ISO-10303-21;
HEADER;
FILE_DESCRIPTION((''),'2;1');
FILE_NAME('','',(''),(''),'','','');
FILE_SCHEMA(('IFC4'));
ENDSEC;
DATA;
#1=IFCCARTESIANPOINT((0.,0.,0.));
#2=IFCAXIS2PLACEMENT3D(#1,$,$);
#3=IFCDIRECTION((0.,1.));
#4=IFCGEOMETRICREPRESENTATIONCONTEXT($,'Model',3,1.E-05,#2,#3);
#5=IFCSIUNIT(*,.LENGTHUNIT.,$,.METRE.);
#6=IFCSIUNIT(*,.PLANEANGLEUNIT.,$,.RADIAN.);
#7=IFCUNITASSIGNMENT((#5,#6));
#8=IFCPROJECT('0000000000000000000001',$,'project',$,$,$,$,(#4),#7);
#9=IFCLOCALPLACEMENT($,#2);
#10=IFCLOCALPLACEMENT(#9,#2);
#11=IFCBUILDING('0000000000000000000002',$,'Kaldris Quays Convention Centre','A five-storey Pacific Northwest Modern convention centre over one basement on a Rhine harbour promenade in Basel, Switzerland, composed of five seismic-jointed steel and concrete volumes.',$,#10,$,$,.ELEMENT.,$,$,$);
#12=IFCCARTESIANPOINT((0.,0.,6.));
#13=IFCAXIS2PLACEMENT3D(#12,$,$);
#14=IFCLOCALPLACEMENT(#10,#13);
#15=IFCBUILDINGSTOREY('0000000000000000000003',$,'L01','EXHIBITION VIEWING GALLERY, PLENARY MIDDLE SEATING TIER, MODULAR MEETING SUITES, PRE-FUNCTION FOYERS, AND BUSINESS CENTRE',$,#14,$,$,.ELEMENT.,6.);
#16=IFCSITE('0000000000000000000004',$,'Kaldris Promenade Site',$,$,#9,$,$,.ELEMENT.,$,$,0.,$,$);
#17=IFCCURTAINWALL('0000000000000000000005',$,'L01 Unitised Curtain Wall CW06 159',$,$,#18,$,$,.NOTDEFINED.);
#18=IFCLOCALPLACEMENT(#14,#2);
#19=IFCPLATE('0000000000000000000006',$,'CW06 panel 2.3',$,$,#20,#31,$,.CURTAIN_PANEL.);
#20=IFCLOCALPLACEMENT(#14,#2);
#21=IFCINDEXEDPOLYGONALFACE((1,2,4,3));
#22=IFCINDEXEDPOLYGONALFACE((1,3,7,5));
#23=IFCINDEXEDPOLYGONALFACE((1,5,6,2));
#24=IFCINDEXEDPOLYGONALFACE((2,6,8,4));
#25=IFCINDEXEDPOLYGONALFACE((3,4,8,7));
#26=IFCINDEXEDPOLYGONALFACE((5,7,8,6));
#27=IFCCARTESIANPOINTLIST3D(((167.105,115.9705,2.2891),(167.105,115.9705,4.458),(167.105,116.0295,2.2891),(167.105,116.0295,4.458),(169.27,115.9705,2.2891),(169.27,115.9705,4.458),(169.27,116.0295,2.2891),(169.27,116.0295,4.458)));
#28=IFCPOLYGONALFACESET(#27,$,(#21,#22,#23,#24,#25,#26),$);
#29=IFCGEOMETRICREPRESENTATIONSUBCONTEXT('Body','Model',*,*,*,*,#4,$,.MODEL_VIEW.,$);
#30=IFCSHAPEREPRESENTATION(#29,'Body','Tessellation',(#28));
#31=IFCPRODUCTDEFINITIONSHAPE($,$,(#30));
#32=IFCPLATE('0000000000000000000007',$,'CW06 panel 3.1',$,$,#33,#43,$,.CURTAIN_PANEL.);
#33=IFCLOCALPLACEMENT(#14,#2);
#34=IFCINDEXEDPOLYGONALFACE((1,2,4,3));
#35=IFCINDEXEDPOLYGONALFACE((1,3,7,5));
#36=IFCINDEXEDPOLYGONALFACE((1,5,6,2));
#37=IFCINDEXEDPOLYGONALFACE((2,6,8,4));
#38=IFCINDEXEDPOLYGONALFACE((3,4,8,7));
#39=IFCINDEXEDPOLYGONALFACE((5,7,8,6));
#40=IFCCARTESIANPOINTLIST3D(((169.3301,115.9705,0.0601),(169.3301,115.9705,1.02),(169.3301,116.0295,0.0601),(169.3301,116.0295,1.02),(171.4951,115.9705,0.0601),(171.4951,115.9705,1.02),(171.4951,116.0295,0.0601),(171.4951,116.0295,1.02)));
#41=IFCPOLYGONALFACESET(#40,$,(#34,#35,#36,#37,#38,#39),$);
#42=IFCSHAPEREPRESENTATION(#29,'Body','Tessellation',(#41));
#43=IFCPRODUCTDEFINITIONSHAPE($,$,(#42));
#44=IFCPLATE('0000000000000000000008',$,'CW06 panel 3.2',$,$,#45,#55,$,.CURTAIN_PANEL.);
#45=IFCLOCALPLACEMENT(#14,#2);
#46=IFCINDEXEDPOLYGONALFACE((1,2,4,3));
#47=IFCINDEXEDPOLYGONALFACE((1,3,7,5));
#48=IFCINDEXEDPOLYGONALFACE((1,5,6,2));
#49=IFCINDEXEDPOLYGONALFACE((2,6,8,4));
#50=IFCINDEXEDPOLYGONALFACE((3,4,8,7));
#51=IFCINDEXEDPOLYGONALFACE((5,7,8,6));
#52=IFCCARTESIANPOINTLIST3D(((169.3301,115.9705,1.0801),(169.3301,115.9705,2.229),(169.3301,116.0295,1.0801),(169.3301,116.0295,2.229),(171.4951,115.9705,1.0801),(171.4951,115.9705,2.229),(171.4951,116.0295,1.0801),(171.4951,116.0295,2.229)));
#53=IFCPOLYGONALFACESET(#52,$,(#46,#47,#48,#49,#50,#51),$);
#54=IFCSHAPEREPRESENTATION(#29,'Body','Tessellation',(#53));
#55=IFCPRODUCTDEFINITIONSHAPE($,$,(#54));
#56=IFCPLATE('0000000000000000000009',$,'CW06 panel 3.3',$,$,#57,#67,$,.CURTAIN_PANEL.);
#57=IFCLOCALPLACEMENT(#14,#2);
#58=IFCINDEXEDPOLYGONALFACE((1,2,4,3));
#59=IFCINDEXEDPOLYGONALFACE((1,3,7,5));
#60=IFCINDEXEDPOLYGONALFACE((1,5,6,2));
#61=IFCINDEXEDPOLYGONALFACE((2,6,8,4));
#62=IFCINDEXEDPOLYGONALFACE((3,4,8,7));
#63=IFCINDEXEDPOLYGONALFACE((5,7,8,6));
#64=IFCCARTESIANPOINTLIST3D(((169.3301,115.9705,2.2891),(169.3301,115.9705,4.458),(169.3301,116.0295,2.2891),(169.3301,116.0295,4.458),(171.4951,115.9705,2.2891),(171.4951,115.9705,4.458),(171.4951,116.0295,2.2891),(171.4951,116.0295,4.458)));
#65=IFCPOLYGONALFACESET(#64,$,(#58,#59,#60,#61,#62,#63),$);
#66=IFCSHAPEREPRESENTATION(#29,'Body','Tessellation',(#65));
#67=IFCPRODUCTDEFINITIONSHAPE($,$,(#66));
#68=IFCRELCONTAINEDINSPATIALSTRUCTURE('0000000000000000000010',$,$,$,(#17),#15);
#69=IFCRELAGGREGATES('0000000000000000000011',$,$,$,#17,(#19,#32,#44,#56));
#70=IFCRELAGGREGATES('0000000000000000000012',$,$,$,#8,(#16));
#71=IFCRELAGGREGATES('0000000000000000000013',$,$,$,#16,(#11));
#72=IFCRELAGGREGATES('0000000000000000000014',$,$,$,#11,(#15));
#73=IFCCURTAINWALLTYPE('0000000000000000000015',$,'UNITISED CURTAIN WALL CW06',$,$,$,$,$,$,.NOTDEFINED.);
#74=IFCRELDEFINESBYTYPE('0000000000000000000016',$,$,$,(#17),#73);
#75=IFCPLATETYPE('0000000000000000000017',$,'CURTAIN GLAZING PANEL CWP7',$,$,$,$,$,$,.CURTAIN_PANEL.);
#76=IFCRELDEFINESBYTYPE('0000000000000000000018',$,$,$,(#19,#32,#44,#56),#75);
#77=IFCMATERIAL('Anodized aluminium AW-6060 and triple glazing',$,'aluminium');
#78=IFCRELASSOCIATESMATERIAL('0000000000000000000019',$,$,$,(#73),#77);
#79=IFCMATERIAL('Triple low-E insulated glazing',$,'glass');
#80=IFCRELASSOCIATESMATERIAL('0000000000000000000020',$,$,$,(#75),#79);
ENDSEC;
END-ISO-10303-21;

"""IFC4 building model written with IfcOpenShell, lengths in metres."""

from ifc_helpers import new_model, si_unit, direction, frame, origin, origin_2d, place, context, subcontext, project, spatial, rectangle, extrude, material, type_object, element, aggregate, save


model = new_model("IFC4")

# Units and contexts
model_context = context("Model", 3, precision=1e-05, world=origin(), true_north=direction((0.0, 1.0)))
body_context = subcontext(model_context, "Body", "Model", "MODEL_VIEW")
ifc_project = project(units=[si_unit("LENGTHUNIT", "METRE"), si_unit("PLANEANGLEUNIT", "RADIAN")], contexts=[model_context])

# Site, building, storey
site_placement = place(None, origin())
site = spatial("IfcSite", under=ifc_project, at=site_placement, Name="Kaldris Promenade Site", CompositionType="ELEMENT", RefElevation=0.0)
building_placement = place(site_placement, origin())
building = spatial("IfcBuilding", under=site, at=building_placement, Name="Kaldris Quays Convention Centre", Description="A five-storey Pacific Northwest Modern convention centre over one basement on a Rhine harbour promenade in Basel, Switzerland, composed of five seismic-jointed steel and concrete volumes.", CompositionType="ELEMENT")
storey_placement = place(building_placement, frame((0.0, 0.0, 6.0)))
storey = spatial("IfcBuildingStorey", under=building, at=storey_placement, Name="L01", Description="EXHIBITION VIEWING GALLERY, PLENARY MIDDLE SEATING TIER, MODULAR MEETING SUITES, PRE-FUNCTION FOYERS, AND BUSINESS CENTRE", CompositionType="ELEMENT", Elevation=6.0)

# Curtain wall
ifc_material_1 = material(Name="Anodized aluminium AW-6060 and triple glazing", Category="aluminium")
curtain_wall_type = type_object("IfcCurtainWallType", Name="UNITISED CURTAIN WALL CW06", PredefinedType="NOTDEFINED", material=ifc_material_1)
curtain_wall_placement = place(storey_placement, origin())
curtain_wall = element("IfcCurtainWall", 1, at=curtain_wall_placement, inside=storey, type_object=curtain_wall_type, Name="L01 Unitised Curtain Wall CW06 159", PredefinedType="NOTDEFINED")

# Plates
ifc_material_2 = material(Name="Triple low-E insulated glazing", Category="glass")
plate_type = type_object("IfcPlateType", Name="CURTAIN GLAZING PANEL CWP7", PredefinedType="CURTAIN_PANEL", material=ifc_material_2)
plate_1_placement = place(storey_placement, frame((168.1875, 116.0, 2.2891), z_axis=(0.0, 0.0, 1.0), x_axis=(1.0, 0.0, 0.0)))
plate_1 = element("IfcPlate", 2, at=plate_1_placement, type_object=plate_type, Name="CW06 panel 2.3", PredefinedType="CURTAIN_PANEL", context=body_context, shape_type="SweptSolid", body=[
    extrude(rectangle(XDim=2.165, YDim=0.0591, at=origin_2d()), origin(), (0.0, 0.0, 1.0), 2.1689),
])
plate_2_placement = place(storey_placement, frame((170.4126, 116.0, 0.0601), z_axis=(0.0, 0.0, 1.0), x_axis=(1.0, 0.0, 0.0)))
plate_2 = element("IfcPlate", 3, at=plate_2_placement, type_object=plate_type, Name="CW06 panel 3.1", PredefinedType="CURTAIN_PANEL", context=body_context, shape_type="SweptSolid", body=[
    extrude(rectangle(XDim=2.165, YDim=0.0591, at=origin_2d()), origin(), (0.0, 0.0, 1.0), 0.96),
])
plate_3_placement = place(storey_placement, frame((170.4126, 116.0, 1.0801), z_axis=(0.0, 0.0, 1.0), x_axis=(1.0, 0.0, 0.0)))
plate_3 = element("IfcPlate", 4, at=plate_3_placement, type_object=plate_type, Name="CW06 panel 3.2", PredefinedType="CURTAIN_PANEL", context=body_context, shape_type="SweptSolid", body=[
    extrude(rectangle(XDim=2.165, YDim=0.0591, at=origin_2d()), origin(), (0.0, 0.0, 1.0), 1.1489),
])
plate_4_placement = place(storey_placement, frame((170.4126, 116.0, 2.2891), z_axis=(0.0, 0.0, 1.0), x_axis=(1.0, 0.0, 0.0)))
plate_4 = element("IfcPlate", 5, at=plate_4_placement, type_object=plate_type, Name="CW06 panel 3.3", PredefinedType="CURTAIN_PANEL", context=body_context, shape_type="SweptSolid", body=[
    extrude(rectangle(XDim=2.165, YDim=0.0591, at=origin_2d()), origin(), (0.0, 0.0, 1.0), 2.1689),
])
aggregate(curtain_wall, [plate_1, plate_2, plate_3, plate_4])

save(model, "model.ifc")
